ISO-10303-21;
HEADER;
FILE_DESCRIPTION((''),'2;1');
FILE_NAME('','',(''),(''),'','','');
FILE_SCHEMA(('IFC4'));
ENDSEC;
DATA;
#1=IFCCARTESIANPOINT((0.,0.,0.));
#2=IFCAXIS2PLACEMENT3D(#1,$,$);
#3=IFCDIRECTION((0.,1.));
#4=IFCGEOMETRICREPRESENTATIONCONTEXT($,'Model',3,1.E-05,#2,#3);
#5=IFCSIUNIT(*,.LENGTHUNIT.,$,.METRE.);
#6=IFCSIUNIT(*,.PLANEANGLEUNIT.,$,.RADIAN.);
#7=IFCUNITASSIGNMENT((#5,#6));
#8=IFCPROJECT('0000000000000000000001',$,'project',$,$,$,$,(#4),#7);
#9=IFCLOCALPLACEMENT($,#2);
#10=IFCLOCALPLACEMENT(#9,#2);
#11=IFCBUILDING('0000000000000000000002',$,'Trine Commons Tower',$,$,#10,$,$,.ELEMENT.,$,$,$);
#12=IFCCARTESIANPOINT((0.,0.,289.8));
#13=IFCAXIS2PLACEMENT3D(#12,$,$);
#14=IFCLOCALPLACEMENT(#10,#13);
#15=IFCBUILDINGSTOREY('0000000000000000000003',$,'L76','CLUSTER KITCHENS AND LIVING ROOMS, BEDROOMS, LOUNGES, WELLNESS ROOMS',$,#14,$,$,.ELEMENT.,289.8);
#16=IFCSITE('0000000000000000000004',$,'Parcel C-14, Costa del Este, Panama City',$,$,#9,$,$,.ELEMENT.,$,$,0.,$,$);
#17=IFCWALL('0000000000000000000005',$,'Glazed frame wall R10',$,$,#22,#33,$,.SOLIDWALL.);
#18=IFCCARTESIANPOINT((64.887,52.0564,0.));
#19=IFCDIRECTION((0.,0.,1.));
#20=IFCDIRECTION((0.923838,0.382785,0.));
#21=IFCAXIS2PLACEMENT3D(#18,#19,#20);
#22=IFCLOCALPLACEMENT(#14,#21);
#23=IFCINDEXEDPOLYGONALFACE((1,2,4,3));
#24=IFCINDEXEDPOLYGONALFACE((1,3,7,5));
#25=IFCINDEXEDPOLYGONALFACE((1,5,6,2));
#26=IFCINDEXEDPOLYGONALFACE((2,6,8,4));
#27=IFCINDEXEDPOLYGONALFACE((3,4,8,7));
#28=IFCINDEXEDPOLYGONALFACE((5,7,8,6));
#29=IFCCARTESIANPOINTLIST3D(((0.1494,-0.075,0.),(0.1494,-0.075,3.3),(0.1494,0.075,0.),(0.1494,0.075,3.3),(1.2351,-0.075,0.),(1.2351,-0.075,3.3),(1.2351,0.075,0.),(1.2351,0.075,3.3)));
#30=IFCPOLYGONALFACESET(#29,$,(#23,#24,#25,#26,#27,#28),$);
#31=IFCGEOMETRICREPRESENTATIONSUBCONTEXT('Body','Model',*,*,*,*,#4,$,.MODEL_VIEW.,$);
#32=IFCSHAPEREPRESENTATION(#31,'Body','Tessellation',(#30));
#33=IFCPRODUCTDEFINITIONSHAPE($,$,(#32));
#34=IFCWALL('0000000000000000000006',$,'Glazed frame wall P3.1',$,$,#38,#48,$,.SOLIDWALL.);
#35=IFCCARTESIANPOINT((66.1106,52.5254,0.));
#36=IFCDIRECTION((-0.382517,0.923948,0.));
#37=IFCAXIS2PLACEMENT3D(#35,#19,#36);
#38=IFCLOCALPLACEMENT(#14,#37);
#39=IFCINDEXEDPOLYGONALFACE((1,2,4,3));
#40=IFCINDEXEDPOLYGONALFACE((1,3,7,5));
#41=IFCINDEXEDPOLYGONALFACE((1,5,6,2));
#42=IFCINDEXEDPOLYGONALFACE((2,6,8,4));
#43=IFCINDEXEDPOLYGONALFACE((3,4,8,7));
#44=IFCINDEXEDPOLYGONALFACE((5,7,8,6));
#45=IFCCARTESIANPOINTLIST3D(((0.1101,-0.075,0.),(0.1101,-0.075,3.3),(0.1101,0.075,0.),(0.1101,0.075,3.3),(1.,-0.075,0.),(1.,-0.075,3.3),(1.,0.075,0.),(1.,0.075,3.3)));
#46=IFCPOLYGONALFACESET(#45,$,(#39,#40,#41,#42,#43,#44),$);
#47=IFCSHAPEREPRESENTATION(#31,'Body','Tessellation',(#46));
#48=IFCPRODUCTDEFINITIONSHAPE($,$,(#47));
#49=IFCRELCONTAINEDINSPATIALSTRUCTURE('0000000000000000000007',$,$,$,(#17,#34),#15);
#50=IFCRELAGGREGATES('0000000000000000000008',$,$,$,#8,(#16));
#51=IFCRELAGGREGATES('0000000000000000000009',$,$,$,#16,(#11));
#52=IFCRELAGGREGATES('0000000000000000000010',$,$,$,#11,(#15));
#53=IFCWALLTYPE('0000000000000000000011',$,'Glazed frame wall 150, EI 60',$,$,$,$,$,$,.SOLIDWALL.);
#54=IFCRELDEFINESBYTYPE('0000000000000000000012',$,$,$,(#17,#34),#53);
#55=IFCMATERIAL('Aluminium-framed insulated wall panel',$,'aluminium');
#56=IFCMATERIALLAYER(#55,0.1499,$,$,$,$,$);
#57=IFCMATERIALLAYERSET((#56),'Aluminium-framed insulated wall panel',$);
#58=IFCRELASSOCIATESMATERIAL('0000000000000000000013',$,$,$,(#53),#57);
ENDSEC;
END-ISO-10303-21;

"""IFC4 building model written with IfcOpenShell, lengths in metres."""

from ifc_helpers import new_model, si_unit, direction, frame, origin, place, context, subcontext, project, spatial, polyline, outline, extrude, material, layer, layer_set, type_object, element, save


model = new_model("IFC4")

# Units and contexts
model_context = context("Model", 3, precision=1e-05, world=origin(), true_north=direction((0.0, 1.0)))
body_context = subcontext(model_context, "Body", "Model", "MODEL_VIEW")
ifc_project = project(units=[si_unit("LENGTHUNIT", "METRE"), si_unit("PLANEANGLEUNIT", "RADIAN")], contexts=[model_context])

# Site, building, storey
site_placement = place(None, origin())
site = spatial("IfcSite", under=ifc_project, at=site_placement, Name="Parcel C-14, Costa del Este, Panama City", CompositionType="ELEMENT", RefElevation=0.0)
building_placement = place(site_placement, origin())
building = spatial("IfcBuilding", under=site, at=building_placement, Name="Trine Commons Tower", CompositionType="ELEMENT")
storey_placement = place(building_placement, frame((0.0, 0.0, 289.8)))
storey = spatial("IfcBuildingStorey", under=building, at=storey_placement, Name="L76", Description="CLUSTER KITCHENS AND LIVING ROOMS, BEDROOMS, LOUNGES, WELLNESS ROOMS", CompositionType="ELEMENT", Elevation=289.8)

# Walls
ifc_material_1 = material(Name="Aluminium-framed insulated wall panel", Category="aluminium")
ifc_layer_1 = layer(ifc_material_1, 0.1499)
ifc_layer_set_1 = layer_set([ifc_layer_1], Name="Aluminium-framed insulated wall panel")
wall_type_1 = type_object("IfcWallType", Name="Glazed frame wall 150, EI 60", PredefinedType="SOLIDWALL", material=ifc_layer_set_1)
wall_1_placement = place(storey_placement, frame((64.887, 52.0564, 0.0), z_axis=(0.0, 0.0, 1.0), x_axis=(0.923838, 0.382785, 0.0)))
element("IfcWall", 1, at=wall_1_placement, inside=storey, type_object=wall_type_1, Name="Glazed frame wall R10", PredefinedType="SOLIDWALL", context=body_context, shape_type="SweptSolid", body=[
    extrude(outline(polyline([(0.1494, 0.075), (0.1494, -0.075), (1.2351, -0.075), (1.2351, 0.075), (0.1494, 0.075)])), origin(), (0.0, 0.0, 1.0), 3.3),
])
wall_2_placement = place(storey_placement, frame((66.1106, 52.5254, 0.0), z_axis=(0.0, 0.0, 1.0), x_axis=(-0.382517, 0.923948, 0.0)))
element("IfcWall", 2, at=wall_2_placement, inside=storey, type_object=wall_type_1, Name="Glazed frame wall P3.1", PredefinedType="SOLIDWALL", context=body_context, shape_type="SweptSolid", body=[
    extrude(outline(polyline([(0.1101, -0.075), (1.0, -0.075), (1.0, 0.075), (0.1101, 0.075), (0.1101, -0.075)])), origin(), (0.0, 0.0, 1.0), 3.3),
])

save(model, "model.ifc")
